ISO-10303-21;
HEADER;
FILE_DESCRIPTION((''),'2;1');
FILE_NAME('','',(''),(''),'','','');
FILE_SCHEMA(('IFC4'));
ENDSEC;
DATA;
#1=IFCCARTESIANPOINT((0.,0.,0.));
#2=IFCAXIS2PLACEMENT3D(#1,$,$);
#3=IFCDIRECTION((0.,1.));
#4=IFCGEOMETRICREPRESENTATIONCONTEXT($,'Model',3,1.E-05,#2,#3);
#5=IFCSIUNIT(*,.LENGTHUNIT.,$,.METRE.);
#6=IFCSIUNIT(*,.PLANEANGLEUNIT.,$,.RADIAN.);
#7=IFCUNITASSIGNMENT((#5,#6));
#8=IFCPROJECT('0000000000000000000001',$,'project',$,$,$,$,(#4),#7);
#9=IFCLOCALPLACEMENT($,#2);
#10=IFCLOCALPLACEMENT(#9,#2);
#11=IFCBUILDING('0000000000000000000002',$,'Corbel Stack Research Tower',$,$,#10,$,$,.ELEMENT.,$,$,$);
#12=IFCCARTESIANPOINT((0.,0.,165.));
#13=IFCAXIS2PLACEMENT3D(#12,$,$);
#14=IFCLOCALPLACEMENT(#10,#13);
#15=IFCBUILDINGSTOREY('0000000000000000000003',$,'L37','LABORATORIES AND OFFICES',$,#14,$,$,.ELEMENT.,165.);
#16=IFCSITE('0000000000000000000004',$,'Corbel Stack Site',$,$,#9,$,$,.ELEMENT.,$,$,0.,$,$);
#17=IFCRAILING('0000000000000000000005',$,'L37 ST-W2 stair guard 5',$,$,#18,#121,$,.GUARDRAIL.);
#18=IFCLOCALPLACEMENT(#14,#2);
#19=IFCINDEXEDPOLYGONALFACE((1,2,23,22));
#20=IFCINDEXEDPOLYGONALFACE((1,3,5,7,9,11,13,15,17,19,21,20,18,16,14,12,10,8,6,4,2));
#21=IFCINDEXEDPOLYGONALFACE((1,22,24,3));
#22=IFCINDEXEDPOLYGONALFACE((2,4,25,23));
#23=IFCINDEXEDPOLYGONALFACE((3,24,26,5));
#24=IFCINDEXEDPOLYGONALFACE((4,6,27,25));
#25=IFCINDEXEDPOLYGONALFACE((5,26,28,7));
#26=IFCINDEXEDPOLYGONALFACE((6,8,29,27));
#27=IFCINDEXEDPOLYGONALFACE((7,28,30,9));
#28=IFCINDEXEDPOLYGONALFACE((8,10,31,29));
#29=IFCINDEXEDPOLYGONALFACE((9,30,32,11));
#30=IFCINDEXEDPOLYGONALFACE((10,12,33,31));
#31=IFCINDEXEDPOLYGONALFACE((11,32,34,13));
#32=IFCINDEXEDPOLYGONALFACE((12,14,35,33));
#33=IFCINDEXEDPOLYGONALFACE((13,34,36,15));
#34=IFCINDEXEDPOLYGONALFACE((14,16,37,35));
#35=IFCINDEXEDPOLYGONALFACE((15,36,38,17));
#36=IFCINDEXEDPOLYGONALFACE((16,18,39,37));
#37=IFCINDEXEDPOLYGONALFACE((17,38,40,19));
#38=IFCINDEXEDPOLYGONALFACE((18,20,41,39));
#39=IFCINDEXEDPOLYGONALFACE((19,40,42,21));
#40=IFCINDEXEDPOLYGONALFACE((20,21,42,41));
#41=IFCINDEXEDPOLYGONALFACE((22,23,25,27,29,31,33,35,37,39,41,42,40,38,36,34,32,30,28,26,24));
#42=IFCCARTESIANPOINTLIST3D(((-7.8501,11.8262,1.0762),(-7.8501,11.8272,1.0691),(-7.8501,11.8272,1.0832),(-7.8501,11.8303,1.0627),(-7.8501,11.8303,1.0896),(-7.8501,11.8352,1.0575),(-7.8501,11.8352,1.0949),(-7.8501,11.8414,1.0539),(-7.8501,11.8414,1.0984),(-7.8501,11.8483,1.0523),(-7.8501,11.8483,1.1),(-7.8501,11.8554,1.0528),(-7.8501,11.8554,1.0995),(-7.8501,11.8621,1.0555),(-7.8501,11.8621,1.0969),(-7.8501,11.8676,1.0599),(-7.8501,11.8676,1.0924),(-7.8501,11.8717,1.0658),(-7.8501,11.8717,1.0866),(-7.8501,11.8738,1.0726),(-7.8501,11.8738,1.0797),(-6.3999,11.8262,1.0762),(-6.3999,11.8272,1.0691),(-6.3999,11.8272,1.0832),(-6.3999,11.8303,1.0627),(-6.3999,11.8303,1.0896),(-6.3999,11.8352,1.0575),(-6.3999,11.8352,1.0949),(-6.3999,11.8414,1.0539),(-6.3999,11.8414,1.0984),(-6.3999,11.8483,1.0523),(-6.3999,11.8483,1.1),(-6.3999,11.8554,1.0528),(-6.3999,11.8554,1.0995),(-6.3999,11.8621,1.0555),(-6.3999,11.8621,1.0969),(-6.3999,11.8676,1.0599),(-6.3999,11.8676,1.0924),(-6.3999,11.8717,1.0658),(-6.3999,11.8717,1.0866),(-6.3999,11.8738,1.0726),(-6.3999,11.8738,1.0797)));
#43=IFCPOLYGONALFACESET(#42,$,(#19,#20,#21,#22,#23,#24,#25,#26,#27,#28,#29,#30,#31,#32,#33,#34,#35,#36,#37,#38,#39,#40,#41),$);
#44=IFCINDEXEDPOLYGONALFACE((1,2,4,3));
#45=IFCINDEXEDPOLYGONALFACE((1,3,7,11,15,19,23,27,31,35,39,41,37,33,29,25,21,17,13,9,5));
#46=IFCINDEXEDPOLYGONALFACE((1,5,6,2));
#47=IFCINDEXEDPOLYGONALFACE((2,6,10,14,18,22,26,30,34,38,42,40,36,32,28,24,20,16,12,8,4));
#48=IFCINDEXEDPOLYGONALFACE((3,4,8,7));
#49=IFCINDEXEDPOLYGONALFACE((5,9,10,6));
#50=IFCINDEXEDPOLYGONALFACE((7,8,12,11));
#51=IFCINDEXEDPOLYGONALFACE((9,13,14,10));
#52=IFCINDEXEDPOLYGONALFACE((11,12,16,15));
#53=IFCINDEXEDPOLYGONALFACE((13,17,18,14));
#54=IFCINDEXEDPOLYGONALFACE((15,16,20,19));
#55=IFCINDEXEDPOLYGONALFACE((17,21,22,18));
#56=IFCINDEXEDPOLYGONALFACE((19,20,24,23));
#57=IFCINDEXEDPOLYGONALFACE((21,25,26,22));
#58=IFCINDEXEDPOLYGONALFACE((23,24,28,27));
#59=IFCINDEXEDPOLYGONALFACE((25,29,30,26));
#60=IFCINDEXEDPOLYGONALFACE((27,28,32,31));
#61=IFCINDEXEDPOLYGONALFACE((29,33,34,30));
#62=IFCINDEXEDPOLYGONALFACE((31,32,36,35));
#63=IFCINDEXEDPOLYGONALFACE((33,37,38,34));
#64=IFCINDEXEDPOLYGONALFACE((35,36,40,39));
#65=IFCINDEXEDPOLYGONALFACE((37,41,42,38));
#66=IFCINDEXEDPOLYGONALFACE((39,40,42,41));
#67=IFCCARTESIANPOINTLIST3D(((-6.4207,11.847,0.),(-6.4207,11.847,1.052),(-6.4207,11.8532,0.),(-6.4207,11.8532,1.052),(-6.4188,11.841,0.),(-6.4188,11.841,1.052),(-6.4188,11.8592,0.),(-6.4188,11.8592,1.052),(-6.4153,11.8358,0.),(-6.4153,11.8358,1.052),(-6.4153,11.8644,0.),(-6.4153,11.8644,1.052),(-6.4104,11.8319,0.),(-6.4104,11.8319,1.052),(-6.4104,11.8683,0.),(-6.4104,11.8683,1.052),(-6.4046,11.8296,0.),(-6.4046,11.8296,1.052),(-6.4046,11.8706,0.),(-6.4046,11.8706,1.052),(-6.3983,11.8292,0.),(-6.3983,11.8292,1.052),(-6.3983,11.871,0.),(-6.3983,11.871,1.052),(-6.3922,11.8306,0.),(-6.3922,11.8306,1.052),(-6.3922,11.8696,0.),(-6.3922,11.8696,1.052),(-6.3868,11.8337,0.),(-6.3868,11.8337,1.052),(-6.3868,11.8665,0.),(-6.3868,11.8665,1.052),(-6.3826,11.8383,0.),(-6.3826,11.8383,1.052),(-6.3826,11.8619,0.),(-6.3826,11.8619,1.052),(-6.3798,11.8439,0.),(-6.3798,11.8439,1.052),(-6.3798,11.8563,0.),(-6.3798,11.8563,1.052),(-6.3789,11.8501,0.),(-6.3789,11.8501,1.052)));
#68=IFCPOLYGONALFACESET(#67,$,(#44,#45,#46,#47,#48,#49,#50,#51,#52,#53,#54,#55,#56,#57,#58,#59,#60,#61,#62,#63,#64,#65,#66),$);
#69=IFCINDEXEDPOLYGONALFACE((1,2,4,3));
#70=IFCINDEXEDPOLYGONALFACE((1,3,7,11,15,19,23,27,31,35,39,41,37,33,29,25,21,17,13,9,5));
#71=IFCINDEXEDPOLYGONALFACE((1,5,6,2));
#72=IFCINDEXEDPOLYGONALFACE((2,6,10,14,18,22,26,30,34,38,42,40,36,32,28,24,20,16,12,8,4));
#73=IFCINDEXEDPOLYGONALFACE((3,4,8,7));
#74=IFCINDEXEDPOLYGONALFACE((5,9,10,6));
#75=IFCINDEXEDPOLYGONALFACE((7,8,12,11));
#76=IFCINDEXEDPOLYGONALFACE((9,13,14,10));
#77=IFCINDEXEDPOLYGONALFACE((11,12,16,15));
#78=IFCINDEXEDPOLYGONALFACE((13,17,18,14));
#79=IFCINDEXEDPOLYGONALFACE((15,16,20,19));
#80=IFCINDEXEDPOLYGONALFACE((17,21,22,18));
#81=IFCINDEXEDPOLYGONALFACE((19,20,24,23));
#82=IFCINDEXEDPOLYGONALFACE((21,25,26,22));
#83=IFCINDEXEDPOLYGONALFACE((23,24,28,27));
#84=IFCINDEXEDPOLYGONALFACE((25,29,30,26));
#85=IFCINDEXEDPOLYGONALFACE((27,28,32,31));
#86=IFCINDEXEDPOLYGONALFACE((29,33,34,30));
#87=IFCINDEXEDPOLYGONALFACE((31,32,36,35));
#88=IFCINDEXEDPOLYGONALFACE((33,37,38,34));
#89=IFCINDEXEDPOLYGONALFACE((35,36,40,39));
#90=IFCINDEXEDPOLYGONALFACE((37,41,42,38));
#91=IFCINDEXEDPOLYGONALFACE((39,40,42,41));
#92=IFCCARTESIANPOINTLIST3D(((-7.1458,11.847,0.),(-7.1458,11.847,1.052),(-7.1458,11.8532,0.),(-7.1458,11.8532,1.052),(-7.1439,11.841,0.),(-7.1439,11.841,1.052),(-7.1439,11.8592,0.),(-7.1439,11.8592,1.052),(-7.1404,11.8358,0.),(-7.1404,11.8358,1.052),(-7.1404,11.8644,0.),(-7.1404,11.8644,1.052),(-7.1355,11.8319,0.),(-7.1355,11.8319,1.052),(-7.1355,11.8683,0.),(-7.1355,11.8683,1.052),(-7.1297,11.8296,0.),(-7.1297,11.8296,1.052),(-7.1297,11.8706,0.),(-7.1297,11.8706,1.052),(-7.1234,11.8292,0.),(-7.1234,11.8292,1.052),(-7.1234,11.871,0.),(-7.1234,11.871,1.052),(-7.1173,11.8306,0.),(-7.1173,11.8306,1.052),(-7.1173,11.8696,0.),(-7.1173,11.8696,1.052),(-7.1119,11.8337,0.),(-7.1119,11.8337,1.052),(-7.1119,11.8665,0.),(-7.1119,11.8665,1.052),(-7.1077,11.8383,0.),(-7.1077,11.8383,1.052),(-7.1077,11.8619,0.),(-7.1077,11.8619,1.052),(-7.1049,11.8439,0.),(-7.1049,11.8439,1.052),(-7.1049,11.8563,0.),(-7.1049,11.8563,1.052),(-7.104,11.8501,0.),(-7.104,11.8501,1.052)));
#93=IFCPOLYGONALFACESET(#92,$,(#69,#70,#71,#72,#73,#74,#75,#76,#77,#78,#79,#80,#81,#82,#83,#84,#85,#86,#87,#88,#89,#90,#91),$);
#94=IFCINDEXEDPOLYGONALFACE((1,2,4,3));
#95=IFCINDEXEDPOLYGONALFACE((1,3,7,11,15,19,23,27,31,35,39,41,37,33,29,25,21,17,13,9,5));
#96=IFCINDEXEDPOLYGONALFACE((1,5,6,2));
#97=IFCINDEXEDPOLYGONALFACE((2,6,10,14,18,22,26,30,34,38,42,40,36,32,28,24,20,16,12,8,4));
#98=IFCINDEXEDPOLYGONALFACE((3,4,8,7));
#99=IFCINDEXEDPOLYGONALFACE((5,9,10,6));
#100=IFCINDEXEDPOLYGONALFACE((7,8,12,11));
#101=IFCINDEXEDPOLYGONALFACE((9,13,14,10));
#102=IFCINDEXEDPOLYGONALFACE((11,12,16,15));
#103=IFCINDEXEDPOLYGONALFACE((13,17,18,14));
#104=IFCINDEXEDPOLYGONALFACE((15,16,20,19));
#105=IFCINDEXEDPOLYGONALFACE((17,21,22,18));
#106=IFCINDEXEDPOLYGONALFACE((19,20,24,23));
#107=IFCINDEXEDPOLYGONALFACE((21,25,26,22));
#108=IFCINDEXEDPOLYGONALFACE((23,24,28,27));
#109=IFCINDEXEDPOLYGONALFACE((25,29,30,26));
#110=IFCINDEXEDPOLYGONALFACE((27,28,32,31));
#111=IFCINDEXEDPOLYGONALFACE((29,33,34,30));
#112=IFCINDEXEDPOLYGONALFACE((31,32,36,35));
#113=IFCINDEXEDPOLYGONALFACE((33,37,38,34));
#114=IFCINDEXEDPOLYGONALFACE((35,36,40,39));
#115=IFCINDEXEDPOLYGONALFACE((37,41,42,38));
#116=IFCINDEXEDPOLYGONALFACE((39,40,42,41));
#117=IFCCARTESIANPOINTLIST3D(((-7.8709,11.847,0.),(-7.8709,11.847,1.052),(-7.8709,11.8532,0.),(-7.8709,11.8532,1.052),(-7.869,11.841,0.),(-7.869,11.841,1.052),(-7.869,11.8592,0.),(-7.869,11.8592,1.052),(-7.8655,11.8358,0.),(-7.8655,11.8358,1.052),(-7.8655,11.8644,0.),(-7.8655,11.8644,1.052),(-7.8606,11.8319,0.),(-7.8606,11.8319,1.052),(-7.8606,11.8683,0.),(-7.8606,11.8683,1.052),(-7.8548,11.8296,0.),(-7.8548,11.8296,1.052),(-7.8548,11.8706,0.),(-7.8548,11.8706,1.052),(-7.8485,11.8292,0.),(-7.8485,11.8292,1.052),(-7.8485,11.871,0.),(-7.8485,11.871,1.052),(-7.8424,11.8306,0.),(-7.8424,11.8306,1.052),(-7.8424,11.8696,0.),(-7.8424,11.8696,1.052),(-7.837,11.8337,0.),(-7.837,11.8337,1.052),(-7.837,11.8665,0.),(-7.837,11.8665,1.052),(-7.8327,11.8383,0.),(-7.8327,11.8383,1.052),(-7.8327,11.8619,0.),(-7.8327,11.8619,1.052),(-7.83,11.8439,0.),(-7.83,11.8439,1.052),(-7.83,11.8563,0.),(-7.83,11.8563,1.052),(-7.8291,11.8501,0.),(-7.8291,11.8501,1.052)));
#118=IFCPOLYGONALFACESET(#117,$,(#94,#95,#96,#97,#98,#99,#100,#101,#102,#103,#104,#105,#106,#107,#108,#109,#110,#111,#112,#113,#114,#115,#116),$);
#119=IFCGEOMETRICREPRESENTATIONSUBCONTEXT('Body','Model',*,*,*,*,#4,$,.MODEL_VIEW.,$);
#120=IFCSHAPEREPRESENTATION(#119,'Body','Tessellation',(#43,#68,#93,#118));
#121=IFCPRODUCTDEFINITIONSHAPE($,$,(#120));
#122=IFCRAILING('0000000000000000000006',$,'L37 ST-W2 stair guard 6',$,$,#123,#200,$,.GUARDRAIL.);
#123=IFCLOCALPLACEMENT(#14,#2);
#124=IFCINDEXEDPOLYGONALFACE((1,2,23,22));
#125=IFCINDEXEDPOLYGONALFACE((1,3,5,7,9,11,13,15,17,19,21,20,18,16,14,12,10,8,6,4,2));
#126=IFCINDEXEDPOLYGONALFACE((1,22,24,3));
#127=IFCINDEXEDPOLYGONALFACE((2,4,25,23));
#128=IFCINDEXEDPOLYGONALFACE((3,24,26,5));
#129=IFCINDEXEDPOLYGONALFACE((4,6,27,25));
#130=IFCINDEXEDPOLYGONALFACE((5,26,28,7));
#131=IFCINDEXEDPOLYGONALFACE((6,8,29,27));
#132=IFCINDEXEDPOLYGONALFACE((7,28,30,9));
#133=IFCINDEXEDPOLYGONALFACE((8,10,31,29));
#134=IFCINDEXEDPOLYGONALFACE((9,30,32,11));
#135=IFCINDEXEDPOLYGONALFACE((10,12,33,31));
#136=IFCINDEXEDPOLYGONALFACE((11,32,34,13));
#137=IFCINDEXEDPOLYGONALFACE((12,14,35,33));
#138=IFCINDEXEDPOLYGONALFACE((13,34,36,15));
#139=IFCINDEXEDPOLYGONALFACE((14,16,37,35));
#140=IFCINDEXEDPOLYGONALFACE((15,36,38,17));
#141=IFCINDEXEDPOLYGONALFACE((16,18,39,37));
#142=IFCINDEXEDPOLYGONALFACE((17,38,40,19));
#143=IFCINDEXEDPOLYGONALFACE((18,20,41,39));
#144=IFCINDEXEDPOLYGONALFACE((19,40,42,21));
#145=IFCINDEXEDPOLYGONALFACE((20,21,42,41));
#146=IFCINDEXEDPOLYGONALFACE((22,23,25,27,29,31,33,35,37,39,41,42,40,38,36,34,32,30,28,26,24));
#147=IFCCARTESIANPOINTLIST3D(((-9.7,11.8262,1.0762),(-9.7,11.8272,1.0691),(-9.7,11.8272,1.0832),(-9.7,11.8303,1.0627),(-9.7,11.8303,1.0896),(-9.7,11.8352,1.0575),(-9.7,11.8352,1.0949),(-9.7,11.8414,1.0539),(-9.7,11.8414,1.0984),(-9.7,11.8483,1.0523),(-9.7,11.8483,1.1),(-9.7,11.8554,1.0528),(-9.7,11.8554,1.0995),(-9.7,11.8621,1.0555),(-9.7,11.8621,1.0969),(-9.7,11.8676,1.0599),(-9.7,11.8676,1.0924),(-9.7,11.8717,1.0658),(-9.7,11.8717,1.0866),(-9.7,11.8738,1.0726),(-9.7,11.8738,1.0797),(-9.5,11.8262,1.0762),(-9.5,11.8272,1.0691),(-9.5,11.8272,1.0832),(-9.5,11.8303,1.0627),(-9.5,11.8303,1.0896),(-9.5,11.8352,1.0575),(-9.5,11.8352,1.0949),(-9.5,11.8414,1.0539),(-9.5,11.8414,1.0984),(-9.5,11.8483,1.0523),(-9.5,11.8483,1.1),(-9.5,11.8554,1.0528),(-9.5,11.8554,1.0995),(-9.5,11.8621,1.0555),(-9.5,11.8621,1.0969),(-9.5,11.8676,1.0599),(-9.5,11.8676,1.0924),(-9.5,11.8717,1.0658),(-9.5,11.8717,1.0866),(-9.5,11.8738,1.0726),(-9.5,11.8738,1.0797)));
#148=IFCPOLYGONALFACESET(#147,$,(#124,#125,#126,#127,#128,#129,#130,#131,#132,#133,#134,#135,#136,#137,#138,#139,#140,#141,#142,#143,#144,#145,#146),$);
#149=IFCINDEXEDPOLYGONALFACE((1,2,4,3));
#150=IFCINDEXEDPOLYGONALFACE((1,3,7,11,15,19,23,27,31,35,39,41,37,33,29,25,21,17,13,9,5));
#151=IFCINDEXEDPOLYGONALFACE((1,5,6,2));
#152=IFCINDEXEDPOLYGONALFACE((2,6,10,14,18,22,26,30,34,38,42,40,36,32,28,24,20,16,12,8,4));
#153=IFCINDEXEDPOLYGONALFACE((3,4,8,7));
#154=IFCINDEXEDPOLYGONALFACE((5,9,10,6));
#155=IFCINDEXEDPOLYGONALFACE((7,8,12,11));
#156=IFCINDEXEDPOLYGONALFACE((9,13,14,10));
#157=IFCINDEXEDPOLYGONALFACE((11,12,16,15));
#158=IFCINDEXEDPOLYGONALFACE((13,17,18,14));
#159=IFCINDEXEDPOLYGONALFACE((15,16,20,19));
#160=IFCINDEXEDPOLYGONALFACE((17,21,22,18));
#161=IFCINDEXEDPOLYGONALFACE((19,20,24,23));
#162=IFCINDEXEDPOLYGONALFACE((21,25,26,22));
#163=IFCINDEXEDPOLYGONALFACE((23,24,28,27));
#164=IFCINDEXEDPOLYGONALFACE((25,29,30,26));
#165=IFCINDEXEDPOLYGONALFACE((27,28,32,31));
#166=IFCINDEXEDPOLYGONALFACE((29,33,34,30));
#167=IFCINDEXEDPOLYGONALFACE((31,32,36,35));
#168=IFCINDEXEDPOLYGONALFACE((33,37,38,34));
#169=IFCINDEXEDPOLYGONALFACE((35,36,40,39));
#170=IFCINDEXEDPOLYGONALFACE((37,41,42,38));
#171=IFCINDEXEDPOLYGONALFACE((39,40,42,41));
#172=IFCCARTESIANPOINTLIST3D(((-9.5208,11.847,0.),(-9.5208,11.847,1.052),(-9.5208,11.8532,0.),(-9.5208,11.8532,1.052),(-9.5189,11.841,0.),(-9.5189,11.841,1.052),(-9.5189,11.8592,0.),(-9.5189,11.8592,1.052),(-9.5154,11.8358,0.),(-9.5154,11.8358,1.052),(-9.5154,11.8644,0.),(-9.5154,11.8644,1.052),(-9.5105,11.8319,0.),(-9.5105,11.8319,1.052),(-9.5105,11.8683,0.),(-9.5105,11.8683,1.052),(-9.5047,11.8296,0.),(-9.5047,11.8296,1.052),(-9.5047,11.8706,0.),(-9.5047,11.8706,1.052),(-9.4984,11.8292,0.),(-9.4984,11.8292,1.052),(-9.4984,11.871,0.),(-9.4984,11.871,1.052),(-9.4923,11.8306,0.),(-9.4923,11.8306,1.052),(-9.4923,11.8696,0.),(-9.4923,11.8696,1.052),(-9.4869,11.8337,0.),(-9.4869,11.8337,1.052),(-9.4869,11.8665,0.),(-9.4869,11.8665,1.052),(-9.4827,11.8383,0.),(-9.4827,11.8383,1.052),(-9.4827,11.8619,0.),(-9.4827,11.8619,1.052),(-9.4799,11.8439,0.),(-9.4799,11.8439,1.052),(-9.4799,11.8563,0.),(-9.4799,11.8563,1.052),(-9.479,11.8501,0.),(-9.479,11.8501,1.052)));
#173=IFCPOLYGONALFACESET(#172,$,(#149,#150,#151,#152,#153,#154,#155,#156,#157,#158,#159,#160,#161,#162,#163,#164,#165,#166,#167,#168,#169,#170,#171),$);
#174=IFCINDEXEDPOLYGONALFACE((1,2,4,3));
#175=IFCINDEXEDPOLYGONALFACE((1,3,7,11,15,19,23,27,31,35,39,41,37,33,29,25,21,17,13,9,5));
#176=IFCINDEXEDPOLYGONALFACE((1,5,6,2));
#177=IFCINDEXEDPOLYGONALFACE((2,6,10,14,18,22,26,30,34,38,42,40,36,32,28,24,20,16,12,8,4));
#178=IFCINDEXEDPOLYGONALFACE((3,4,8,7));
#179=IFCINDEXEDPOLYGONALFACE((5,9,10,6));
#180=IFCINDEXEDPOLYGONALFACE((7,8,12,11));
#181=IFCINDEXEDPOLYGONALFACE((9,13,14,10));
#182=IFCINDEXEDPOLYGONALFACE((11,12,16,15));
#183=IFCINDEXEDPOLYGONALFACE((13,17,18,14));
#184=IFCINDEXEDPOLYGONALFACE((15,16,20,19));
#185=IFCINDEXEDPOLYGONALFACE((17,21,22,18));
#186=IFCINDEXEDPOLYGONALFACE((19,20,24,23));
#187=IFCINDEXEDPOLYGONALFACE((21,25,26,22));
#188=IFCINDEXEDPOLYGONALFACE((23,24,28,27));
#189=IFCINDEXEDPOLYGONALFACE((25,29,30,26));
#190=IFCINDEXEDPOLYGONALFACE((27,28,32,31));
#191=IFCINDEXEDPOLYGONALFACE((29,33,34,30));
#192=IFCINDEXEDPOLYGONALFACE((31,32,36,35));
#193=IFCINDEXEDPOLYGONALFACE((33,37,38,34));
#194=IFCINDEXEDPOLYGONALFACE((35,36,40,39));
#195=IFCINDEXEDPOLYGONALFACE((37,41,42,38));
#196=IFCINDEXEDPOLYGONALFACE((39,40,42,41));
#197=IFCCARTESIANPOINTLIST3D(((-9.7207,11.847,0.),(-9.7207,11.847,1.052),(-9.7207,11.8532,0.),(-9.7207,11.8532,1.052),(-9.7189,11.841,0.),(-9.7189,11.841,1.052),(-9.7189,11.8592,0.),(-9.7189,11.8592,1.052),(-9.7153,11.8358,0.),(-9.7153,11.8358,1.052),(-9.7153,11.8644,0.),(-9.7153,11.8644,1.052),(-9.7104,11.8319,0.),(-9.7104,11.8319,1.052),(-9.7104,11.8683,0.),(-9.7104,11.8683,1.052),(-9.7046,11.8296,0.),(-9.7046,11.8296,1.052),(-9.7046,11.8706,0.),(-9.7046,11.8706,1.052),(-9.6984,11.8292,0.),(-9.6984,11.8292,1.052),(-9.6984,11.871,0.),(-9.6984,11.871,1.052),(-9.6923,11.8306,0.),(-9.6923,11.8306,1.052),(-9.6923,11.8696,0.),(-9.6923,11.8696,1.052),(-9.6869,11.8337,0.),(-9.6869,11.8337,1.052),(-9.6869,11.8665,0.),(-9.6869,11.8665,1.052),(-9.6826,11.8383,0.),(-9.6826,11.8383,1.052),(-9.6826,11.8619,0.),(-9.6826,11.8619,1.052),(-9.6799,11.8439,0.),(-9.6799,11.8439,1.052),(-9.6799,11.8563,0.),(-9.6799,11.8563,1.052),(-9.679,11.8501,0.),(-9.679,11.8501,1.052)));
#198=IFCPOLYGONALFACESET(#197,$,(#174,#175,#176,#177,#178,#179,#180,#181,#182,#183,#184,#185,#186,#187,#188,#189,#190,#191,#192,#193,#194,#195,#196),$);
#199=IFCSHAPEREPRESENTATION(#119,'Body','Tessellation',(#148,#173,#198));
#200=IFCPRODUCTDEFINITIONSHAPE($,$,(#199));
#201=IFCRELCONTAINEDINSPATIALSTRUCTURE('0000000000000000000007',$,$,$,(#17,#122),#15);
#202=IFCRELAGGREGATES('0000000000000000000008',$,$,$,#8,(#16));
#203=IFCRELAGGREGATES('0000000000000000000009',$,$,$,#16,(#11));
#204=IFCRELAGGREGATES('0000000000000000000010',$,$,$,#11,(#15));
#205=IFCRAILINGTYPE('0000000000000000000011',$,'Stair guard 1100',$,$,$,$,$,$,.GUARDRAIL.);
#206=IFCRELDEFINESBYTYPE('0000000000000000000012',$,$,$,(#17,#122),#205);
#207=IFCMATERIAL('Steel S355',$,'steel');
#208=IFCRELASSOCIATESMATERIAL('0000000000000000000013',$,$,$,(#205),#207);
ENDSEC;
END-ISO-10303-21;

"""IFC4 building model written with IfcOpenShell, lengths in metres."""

from ifc_helpers import new_model, si_unit, direction, frame, origin, origin_2d, place, context, subcontext, project, spatial, circle, extrude, material, type_object, element, save


model = new_model("IFC4")

# Units and contexts
model_context = context("Model", 3, precision=1e-05, world=origin(), true_north=direction((0.0, 1.0)))
body_context = subcontext(model_context, "Body", "Model", "MODEL_VIEW")
ifc_project = project(units=[si_unit("LENGTHUNIT", "METRE"), si_unit("PLANEANGLEUNIT", "RADIAN")], contexts=[model_context])

# Site, building, storey
site_placement = place(None, origin())
site = spatial("IfcSite", under=ifc_project, at=site_placement, Name="Corbel Stack Site", CompositionType="ELEMENT", RefElevation=0.0)
building_placement = place(site_placement, origin())
building = spatial("IfcBuilding", under=site, at=building_placement, Name="Corbel Stack Research Tower", CompositionType="ELEMENT")
storey_placement = place(building_placement, frame((0.0, 0.0, 165.0)))
storey = spatial("IfcBuildingStorey", under=building, at=storey_placement, Name="L37", Description="LABORATORIES AND OFFICES", CompositionType="ELEMENT", Elevation=165.0)

# Railings
ifc_material_1 = material(Name="Steel S355", Category="steel")
railing_type_1 = type_object("IfcRailingType", Name="Stair guard 1100", PredefinedType="GUARDRAIL", material=ifc_material_1)
railing_1_placement = place(storey_placement, frame((-6.3999, 11.8501, 0.0)))
element("IfcRailing", 1, at=railing_1_placement, inside=storey, type_object=railing_type_1, Name="L37 ST-W2 stair guard 5", PredefinedType="GUARDRAIL", context=body_context, shape_type="SweptSolid", body=[
    extrude(circle(Radius=0.0239, at=origin_2d()), frame((0.0, 0.0, 1.0762), z_axis=(-1.0, 0.0, 0.0), x_axis=(0.0, -1.0, 0.0)), (0.0, 0.0, 1.0), 1.4502),
    extrude(circle(Radius=0.021, at=origin_2d()), origin(), (0.0, 0.0, 1.0), 1.052),
    extrude(circle(Radius=0.021, at=origin_2d()), frame((-0.7251, 0.0, 0.0)), (0.0, 0.0, 1.0), 1.052),
    extrude(circle(Radius=0.021, at=origin_2d()), frame((-1.4502, 0.0, 0.0)), (0.0, 0.0, 1.0), 1.052),
])
railing_2_placement = place(storey_placement, frame((-9.5, 11.8501, 0.0)))
element("IfcRailing", 2, at=railing_2_placement, inside=storey, type_object=railing_type_1, Name="L37 ST-W2 stair guard 6", PredefinedType="GUARDRAIL", context=body_context, shape_type="SweptSolid", body=[
    extrude(circle(Radius=0.0239, at=origin_2d()), frame((0.0, 0.0, 1.0762), z_axis=(-1.0, 0.0, 0.0), x_axis=(0.0, -1.0, 0.0)), (0.0, 0.0, 1.0), 0.2),
    extrude(circle(Radius=0.021, at=origin_2d()), origin(), (0.0, 0.0, 1.0), 1.052),
    extrude(circle(Radius=0.021, at=origin_2d()), frame((-0.2, 0.0, 0.0)), (0.0, 0.0, 1.0), 1.052),
])

save(model, "model.ifc")
